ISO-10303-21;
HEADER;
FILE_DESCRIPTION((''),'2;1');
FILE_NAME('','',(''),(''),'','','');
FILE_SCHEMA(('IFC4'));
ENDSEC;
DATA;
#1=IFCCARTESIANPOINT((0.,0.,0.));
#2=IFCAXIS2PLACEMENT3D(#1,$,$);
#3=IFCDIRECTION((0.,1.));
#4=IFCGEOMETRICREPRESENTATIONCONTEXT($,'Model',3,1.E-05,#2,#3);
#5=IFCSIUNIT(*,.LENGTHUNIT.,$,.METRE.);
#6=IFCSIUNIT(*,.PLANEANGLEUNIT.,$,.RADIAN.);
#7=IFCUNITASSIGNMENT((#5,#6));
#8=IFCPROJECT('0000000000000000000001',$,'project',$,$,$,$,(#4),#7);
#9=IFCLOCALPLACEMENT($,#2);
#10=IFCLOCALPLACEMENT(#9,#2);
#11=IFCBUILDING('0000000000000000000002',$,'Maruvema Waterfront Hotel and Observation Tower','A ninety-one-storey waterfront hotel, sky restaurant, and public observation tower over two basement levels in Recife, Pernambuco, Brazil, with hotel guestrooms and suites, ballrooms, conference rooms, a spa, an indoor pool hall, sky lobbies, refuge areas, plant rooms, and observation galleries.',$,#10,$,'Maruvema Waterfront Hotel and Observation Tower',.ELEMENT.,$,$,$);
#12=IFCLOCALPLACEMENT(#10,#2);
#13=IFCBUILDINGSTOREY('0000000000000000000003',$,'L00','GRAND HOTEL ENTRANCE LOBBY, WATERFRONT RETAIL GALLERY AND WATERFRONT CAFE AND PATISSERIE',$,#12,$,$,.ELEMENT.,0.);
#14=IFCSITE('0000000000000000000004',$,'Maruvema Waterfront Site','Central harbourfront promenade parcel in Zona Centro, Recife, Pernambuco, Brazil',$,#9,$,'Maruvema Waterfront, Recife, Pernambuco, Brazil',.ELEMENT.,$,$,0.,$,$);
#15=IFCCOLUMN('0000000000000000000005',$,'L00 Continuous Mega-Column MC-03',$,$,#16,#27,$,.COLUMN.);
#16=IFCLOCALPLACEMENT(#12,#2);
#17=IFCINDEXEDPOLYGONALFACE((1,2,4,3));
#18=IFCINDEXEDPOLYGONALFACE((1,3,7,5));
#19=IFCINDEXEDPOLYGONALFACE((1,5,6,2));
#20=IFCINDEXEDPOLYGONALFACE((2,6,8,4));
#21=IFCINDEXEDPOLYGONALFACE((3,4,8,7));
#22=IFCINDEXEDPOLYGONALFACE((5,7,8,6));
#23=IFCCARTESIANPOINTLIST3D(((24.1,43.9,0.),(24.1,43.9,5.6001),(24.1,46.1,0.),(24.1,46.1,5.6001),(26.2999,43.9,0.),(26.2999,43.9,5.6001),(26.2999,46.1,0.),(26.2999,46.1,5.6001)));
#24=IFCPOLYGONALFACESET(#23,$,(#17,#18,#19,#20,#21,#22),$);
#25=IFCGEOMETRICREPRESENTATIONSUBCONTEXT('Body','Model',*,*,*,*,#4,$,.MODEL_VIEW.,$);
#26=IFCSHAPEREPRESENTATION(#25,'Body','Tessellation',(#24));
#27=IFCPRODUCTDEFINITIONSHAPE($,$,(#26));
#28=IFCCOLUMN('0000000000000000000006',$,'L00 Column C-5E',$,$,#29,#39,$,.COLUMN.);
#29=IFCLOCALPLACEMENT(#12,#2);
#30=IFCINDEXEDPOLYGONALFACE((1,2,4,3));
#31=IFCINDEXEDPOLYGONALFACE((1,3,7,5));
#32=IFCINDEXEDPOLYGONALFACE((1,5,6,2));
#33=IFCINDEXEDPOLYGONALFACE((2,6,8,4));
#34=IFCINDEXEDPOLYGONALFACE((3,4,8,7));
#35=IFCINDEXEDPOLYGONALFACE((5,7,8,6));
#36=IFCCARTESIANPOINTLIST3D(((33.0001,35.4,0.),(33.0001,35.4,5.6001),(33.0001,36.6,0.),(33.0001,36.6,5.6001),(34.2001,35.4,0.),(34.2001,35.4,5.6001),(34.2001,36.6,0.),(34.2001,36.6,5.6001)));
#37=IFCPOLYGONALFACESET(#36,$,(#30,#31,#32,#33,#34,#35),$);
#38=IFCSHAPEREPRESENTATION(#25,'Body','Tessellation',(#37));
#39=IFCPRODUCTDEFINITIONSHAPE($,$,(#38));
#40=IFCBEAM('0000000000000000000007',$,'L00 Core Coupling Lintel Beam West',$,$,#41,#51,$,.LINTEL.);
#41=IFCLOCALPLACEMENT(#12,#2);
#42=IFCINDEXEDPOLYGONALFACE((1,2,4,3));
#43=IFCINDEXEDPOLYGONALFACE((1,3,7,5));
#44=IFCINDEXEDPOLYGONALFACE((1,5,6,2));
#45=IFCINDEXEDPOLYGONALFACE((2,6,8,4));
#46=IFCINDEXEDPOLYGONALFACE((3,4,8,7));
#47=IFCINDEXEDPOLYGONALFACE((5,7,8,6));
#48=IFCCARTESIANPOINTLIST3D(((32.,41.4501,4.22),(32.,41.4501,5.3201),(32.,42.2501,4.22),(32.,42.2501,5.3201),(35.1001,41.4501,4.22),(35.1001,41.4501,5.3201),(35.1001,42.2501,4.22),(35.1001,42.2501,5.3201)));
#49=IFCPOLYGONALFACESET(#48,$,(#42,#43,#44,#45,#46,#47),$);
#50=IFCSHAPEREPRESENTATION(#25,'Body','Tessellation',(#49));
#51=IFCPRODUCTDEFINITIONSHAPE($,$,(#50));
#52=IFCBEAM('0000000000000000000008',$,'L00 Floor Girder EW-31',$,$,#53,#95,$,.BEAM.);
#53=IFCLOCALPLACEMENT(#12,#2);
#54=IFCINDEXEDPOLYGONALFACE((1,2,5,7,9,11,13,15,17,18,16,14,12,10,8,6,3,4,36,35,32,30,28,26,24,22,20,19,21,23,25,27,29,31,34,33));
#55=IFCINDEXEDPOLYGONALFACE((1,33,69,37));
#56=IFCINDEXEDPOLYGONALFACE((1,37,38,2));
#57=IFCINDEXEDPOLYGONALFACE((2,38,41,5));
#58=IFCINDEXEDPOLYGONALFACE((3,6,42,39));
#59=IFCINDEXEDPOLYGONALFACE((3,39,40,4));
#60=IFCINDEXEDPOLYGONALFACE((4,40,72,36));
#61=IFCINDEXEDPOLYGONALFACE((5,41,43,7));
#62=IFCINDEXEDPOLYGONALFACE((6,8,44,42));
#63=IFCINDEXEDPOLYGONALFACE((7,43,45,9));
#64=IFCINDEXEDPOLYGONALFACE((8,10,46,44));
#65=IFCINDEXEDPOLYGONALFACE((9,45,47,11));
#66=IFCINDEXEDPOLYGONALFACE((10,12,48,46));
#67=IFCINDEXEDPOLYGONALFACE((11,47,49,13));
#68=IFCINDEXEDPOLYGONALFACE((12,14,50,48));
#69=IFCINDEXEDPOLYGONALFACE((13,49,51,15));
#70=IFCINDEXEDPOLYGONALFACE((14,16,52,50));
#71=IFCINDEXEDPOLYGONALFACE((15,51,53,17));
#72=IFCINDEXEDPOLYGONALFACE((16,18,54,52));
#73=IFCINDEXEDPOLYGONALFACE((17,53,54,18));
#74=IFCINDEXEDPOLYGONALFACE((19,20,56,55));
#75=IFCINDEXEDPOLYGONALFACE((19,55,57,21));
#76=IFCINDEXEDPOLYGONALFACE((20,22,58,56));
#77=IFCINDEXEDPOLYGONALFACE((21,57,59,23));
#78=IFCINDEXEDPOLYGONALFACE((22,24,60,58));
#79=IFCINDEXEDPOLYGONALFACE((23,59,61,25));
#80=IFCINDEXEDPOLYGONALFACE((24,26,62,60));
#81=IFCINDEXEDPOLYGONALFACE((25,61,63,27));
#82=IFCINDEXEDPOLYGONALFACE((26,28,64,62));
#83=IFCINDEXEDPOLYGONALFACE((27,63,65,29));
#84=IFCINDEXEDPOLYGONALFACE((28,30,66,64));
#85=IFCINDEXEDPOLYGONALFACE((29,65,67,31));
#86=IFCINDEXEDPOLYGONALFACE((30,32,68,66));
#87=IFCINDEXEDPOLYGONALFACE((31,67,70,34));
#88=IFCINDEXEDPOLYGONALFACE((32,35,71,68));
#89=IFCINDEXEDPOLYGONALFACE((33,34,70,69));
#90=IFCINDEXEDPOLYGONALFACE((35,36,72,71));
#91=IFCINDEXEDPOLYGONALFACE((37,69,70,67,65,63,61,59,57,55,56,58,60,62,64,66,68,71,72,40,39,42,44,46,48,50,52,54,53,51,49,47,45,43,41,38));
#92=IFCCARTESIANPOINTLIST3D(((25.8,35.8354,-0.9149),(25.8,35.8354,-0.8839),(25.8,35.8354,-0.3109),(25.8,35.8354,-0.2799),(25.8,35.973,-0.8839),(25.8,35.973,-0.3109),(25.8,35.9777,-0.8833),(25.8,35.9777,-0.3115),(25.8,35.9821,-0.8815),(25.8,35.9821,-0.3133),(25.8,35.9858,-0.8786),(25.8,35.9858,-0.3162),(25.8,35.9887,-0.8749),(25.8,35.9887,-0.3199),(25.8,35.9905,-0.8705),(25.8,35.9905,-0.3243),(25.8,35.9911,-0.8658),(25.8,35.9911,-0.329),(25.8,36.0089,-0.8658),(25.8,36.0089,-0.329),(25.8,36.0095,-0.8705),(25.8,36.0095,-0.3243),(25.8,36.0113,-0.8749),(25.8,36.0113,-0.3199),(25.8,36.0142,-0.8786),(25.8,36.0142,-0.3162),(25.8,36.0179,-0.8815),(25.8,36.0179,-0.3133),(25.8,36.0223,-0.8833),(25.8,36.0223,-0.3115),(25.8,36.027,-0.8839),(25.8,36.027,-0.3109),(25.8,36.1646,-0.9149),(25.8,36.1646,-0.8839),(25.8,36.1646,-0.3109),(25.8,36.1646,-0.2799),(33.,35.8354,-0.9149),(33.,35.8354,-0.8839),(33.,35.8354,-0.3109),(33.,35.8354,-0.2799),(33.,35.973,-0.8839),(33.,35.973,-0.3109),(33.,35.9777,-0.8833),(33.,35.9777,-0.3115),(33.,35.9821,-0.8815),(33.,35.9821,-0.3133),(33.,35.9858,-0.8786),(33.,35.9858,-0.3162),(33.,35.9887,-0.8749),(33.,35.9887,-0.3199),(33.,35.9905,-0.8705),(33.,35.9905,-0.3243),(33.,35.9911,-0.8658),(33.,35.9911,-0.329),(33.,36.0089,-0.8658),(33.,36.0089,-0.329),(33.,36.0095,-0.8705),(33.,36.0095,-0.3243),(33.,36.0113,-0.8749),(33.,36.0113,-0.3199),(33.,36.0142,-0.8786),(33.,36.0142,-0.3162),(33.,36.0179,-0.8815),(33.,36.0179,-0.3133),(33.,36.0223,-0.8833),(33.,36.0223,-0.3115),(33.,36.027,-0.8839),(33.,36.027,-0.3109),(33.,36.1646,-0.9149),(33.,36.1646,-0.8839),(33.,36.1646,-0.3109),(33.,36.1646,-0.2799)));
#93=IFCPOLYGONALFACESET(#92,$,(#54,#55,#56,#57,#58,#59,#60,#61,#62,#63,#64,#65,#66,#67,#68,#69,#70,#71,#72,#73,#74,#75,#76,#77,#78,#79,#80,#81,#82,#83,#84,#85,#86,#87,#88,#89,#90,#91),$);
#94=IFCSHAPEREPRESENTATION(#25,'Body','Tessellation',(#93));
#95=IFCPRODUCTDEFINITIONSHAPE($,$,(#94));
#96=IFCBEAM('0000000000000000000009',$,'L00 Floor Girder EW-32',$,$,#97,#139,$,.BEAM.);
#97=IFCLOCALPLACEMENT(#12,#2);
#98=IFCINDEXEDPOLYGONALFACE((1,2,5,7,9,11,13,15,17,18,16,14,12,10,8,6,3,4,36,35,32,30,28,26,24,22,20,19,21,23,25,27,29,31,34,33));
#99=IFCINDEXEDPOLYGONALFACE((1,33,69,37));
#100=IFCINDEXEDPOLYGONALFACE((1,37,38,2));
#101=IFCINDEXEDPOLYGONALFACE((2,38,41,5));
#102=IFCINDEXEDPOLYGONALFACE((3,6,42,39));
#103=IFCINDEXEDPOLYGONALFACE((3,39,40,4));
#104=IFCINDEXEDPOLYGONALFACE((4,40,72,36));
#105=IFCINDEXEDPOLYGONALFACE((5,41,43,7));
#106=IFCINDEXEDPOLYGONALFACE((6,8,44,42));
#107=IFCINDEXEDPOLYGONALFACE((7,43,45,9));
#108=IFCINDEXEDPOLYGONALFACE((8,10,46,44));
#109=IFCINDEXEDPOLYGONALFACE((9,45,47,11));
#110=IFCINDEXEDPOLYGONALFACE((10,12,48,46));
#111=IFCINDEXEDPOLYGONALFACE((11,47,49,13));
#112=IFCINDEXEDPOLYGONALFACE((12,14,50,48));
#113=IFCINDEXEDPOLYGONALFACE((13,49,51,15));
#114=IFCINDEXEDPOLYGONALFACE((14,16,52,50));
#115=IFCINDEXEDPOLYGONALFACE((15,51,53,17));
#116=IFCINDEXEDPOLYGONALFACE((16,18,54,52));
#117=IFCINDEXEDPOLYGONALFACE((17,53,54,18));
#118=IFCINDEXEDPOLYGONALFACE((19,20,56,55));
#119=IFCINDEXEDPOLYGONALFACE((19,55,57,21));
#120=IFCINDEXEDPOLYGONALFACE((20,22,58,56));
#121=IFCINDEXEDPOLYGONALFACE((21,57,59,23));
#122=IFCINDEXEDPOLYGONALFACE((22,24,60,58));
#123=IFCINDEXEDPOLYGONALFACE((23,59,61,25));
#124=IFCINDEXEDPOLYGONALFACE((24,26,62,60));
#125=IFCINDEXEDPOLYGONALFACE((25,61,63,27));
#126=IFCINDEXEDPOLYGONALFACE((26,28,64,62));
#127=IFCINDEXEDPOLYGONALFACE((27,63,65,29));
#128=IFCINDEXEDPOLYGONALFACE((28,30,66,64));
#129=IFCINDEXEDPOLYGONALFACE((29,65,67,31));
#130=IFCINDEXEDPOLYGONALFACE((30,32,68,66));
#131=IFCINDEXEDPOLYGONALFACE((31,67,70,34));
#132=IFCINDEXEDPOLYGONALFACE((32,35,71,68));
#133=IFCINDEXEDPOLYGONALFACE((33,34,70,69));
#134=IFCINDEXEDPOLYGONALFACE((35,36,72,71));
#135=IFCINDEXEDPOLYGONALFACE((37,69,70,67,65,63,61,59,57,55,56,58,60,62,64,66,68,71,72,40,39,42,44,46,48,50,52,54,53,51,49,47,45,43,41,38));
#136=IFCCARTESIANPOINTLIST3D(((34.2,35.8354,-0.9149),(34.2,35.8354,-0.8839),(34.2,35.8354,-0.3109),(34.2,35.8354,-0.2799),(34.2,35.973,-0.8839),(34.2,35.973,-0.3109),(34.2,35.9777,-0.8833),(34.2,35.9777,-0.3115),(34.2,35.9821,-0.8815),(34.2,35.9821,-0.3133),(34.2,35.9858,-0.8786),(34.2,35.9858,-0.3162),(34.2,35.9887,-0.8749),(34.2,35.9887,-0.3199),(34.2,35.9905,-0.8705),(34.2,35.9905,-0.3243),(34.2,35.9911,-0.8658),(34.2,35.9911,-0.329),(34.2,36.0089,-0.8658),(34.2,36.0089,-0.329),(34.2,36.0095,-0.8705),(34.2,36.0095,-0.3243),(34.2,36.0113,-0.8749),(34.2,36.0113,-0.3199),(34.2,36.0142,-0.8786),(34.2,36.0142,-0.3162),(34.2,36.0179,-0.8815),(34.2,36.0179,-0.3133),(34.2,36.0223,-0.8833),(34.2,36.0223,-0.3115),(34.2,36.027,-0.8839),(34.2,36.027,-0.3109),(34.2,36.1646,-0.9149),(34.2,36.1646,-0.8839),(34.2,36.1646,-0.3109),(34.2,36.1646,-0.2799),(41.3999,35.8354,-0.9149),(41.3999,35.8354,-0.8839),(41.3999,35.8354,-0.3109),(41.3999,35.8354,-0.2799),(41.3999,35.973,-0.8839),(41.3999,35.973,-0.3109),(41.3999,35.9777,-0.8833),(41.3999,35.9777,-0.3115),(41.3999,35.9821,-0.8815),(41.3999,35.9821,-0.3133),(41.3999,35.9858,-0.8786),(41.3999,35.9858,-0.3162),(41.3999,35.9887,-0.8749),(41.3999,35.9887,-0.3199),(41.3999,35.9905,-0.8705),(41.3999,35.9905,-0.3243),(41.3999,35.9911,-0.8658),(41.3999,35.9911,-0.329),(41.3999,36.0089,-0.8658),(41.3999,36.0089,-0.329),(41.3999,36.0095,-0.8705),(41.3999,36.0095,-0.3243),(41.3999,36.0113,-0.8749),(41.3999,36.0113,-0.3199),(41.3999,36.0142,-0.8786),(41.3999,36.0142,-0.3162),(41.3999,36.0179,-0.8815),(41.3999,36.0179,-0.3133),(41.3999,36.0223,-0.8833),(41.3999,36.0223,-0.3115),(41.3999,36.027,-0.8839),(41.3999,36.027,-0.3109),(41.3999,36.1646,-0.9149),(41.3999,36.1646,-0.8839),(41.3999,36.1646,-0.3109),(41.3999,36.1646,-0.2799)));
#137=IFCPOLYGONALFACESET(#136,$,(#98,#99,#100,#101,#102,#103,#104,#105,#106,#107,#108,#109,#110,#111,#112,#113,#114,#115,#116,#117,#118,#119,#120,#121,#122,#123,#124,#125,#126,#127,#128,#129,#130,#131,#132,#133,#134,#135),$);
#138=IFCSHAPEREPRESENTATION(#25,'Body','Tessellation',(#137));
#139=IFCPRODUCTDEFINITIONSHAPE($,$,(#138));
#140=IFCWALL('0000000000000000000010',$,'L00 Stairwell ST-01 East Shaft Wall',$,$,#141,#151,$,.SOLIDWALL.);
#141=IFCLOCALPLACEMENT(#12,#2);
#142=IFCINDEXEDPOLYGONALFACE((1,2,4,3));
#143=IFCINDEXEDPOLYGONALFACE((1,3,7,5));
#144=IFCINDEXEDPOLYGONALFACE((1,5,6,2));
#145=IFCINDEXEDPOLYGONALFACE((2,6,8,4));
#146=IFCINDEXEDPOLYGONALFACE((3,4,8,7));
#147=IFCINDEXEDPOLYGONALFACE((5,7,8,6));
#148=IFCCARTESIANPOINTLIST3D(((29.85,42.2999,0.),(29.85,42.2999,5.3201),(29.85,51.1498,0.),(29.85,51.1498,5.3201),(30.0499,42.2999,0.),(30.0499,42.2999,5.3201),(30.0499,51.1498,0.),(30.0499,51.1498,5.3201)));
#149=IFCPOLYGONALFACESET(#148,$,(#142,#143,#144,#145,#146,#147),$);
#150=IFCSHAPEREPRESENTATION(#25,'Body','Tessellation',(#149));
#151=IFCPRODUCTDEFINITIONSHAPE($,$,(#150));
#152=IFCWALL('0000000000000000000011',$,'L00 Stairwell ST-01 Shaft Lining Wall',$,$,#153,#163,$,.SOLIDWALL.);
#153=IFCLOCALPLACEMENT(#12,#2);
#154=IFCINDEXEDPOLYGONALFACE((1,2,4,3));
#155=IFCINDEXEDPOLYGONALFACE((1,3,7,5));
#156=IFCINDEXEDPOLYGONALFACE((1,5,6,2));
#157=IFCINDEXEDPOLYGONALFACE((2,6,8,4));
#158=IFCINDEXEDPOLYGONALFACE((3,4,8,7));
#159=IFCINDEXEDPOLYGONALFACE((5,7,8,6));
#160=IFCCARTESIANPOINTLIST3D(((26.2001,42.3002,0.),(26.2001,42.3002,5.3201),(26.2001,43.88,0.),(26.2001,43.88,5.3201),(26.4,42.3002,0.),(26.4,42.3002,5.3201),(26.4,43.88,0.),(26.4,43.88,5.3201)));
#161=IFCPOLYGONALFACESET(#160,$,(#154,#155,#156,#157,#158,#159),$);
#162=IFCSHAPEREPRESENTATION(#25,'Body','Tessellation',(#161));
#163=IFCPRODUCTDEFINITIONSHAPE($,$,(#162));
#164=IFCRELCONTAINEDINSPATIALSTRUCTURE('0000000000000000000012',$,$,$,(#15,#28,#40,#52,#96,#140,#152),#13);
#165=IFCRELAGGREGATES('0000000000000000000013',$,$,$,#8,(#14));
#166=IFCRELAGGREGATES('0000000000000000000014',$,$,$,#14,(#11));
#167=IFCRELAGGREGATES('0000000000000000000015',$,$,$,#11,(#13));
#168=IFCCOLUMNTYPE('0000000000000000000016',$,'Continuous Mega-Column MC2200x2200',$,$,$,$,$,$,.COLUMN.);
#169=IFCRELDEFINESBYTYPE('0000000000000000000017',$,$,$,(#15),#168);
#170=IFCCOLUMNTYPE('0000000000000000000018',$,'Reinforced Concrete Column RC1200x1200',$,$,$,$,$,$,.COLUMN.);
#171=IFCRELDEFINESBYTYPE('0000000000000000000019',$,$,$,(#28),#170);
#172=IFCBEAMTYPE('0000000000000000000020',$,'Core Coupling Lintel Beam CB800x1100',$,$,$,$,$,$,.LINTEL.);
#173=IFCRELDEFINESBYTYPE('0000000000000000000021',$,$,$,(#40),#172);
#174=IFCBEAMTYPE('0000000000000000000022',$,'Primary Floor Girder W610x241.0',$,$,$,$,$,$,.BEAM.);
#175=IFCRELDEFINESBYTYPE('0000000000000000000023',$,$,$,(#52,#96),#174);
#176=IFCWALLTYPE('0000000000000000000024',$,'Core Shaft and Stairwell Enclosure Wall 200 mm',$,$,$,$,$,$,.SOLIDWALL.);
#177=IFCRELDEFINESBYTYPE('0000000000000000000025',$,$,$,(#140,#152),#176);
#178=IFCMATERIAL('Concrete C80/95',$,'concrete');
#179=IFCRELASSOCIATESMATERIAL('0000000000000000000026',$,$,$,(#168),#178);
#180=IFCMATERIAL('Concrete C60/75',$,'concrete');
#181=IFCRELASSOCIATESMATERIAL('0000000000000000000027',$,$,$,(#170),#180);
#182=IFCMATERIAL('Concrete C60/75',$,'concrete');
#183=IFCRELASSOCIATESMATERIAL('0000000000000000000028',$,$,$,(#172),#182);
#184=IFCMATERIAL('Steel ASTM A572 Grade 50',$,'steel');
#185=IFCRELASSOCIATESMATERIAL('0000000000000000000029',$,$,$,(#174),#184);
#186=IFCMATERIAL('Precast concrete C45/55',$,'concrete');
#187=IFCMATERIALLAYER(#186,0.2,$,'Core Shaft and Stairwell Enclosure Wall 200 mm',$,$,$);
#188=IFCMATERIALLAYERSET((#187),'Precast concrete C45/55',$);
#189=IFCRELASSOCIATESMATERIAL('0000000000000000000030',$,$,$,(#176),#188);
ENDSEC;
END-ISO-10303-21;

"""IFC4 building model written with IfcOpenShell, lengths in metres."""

from ifc_helpers import new_model, si_unit, direction, frame, frame_2d, origin, origin_2d, place, context, subcontext, project, spatial, rectangle, i_section, extrude, material, layer, layer_set, material_profile, profile_set, type_object, element, save


model = new_model("IFC4")

# Units and contexts
model_context = context("Model", 3, precision=1e-05, world=origin(), true_north=direction((0.0, 1.0)))
body_context = subcontext(model_context, "Body", "Model", "MODEL_VIEW")
ifc_project = project(units=[si_unit("LENGTHUNIT", "METRE"), si_unit("PLANEANGLEUNIT", "RADIAN")], contexts=[model_context])

# Site, building, storey
site_placement = place(None, origin())
site = spatial("IfcSite", under=ifc_project, at=site_placement, Name="Maruvema Waterfront Site", Description="Central harbourfront promenade parcel in Zona Centro, Recife, Pernambuco, Brazil", LongName="Maruvema Waterfront, Recife, Pernambuco, Brazil", CompositionType="ELEMENT", RefElevation=0.0)
building_placement = place(site_placement, origin())
building = spatial("IfcBuilding", under=site, at=building_placement, Name="Maruvema Waterfront Hotel and Observation Tower", Description="A ninety-one-storey waterfront hotel, sky restaurant, and public observation tower over two basement levels in Recife, Pernambuco, Brazil, with hotel guestrooms and suites, ballrooms, conference rooms, a spa, an indoor pool hall, sky lobbies, refuge areas, plant rooms, and observation galleries.", LongName="Maruvema Waterfront Hotel and Observation Tower", CompositionType="ELEMENT")
storey_placement = place(building_placement, origin())
storey = spatial("IfcBuildingStorey", under=building, at=storey_placement, Name="L00", Description="GRAND HOTEL ENTRANCE LOBBY, WATERFRONT RETAIL GALLERY AND WATERFRONT CAFE AND PATISSERIE", CompositionType="ELEMENT", Elevation=0.0)

# Columns
ifc_material_1 = material(Name="Concrete C80/95", Category="concrete")
ifc_material_profile_1 = material_profile(ifc_material_1, rectangle(XDim=2.2, YDim=2.2, at=origin_2d()), Name="MC2200x2200")
ifc_profile_set_1 = profile_set([ifc_material_profile_1], Name="Concrete C80/95")
column_type_1 = type_object("IfcColumnType", Name="Continuous Mega-Column MC2200x2200", PredefinedType="COLUMN", material=ifc_profile_set_1)
column_1_placement = place(storey_placement, frame((25.2, 45.0, 0.0), z_axis=(0.0, 0.0, 1.0), x_axis=(1.0, 0.0, 0.0)))
element("IfcColumn", 1, at=column_1_placement, inside=storey, type_object=column_type_1, Name="L00 Continuous Mega-Column MC-03", PredefinedType="COLUMN", context=body_context, shape_type="SweptSolid", body=[
    extrude(rectangle(XDim=2.2, YDim=2.2, at=origin_2d()), origin(), (0.0, 0.0, 1.0), 5.6001),
])
ifc_material_2 = material(Name="Concrete C60/75", Category="concrete")
ifc_material_profile_2 = material_profile(ifc_material_2, rectangle(XDim=1.2, YDim=1.2, at=origin_2d()), Name="RC1200x1200")
ifc_profile_set_2 = profile_set([ifc_material_profile_2], Name="Concrete C60/75")
column_type_2 = type_object("IfcColumnType", Name="Reinforced Concrete Column RC1200x1200", PredefinedType="COLUMN", material=ifc_profile_set_2)
column_2_placement = place(storey_placement, frame((33.6001, 36.0, 0.0), z_axis=(0.0, 0.0, 1.0), x_axis=(1.0, 0.0, 0.0)))
element("IfcColumn", 2, at=column_2_placement, inside=storey, type_object=column_type_2, Name="L00 Column C-5E", PredefinedType="COLUMN", context=body_context, shape_type="SweptSolid", body=[
    extrude(rectangle(XDim=1.2, YDim=1.2, at=origin_2d()), origin(), (0.0, 0.0, 1.0), 5.6001),
])

# Beams
ifc_material_3 = material(Name="Concrete C60/75", Category="concrete")
ifc_material_profile_3 = material_profile(ifc_material_3, rectangle(XDim=0.8, YDim=1.1001, at=origin_2d()), Name="CB800x1100")
ifc_profile_set_3 = profile_set([ifc_material_profile_3], Name="Concrete C60/75")
beam_type_1 = type_object("IfcBeamType", Name="Core Coupling Lintel Beam CB800x1100", PredefinedType="LINTEL", material=ifc_profile_set_3)
beam_placement = place(storey_placement, frame((32.0, 41.8501, 4.77), z_axis=(1.0, 0.0, 0.0), x_axis=(0.0, 1.0, 0.0)))
element("IfcBeam", 3, at=beam_placement, inside=storey, type_object=beam_type_1, Name="L00 Core Coupling Lintel Beam West", PredefinedType="LINTEL", context=body_context, shape_type="SweptSolid", body=[
    extrude(rectangle(XDim=0.8, YDim=1.1001, at=origin_2d()), origin(), (0.0, 0.0, 1.0), 3.1001),
])
ifc_material_4 = material(Name="Steel ASTM A572 Grade 50", Category="steel")
ifc_material_profile_4 = material_profile(ifc_material_4, i_section(OverallWidth=0.3291, OverallDepth=0.635, WebThickness=0.0178, FlangeThickness=0.031, FilletRadius=0.0181, at=origin_2d()), Name="W610x241.0")
ifc_profile_set_4 = profile_set([ifc_material_profile_4], Name="Steel ASTM A572 Grade 50")
beam_type_2 = type_object("IfcBeamType", Name="Primary Floor Girder W610x241.0", PredefinedType="BEAM", material=ifc_profile_set_4)
for number, where, z_axis, x_axis, name in (
    (4, (25.8, 36.0, -0.5974), (1.0, 0.0, 0.0), (0.0, 1.0, 0.0), "L00 Floor Girder EW-31"),
    (5, (34.2, 36.0, -0.5974), (1.0, 0.0, 0.0), (0.0, 1.0, 0.0), "L00 Floor Girder EW-32"),
):
    element("IfcBeam", number, at=place(storey_placement, frame(where, z_axis=z_axis, x_axis=x_axis)), inside=storey, type_object=beam_type_2, Name=name, PredefinedType="BEAM", context=body_context, shape_type="SweptSolid", body=[
        extrude(i_section(OverallWidth=0.3291, OverallDepth=0.635, WebThickness=0.0178, FlangeThickness=0.031, FilletRadius=0.0181, at=origin_2d()), origin(), (0.0, 0.0, 1.0), 7.2),
    ])

# Walls
ifc_material_5 = material(Name="Precast concrete C45/55", Category="concrete")
ifc_layer_1 = layer(ifc_material_5, 0.2, Name="Core Shaft and Stairwell Enclosure Wall 200 mm")
ifc_layer_set_1 = layer_set([ifc_layer_1], Name="Precast concrete C45/55")
wall_type_1 = type_object("IfcWallType", Name="Core Shaft and Stairwell Enclosure Wall 200 mm", PredefinedType="SOLIDWALL", material=ifc_layer_set_1)
wall_1_placement = place(storey_placement, frame((29.95, 42.3, 0.0), z_axis=(0.0, 0.0, 1.0), x_axis=(0.0, 1.0, 0.0)))
element("IfcWall", 6, at=wall_1_placement, inside=storey, type_object=wall_type_1, Name="L00 Stairwell ST-01 East Shaft Wall", PredefinedType="SOLIDWALL", context=body_context, shape_type="SweptSolid", body=[
    extrude(rectangle(XDim=8.8499, YDim=0.2, at=frame_2d((4.4248, 0.0))), origin(), (0.0, 0.0, 1.0), 5.3201),
])
wall_2_placement = place(storey_placement, frame((26.3, 42.3, 0.0), z_axis=(0.0, 0.0, 1.0), x_axis=(0.0, 1.0, 0.0)))
element("IfcWall", 7, at=wall_2_placement, inside=storey, type_object=wall_type_1, Name="L00 Stairwell ST-01 Shaft Lining Wall", PredefinedType="SOLIDWALL", context=body_context, shape_type="SweptSolid", body=[
    extrude(rectangle(XDim=1.5798, YDim=0.2, at=frame_2d((0.79, 0.0))), origin(), (0.0, 0.0, 1.0), 5.3201),
])

save(model, "model.ifc")
